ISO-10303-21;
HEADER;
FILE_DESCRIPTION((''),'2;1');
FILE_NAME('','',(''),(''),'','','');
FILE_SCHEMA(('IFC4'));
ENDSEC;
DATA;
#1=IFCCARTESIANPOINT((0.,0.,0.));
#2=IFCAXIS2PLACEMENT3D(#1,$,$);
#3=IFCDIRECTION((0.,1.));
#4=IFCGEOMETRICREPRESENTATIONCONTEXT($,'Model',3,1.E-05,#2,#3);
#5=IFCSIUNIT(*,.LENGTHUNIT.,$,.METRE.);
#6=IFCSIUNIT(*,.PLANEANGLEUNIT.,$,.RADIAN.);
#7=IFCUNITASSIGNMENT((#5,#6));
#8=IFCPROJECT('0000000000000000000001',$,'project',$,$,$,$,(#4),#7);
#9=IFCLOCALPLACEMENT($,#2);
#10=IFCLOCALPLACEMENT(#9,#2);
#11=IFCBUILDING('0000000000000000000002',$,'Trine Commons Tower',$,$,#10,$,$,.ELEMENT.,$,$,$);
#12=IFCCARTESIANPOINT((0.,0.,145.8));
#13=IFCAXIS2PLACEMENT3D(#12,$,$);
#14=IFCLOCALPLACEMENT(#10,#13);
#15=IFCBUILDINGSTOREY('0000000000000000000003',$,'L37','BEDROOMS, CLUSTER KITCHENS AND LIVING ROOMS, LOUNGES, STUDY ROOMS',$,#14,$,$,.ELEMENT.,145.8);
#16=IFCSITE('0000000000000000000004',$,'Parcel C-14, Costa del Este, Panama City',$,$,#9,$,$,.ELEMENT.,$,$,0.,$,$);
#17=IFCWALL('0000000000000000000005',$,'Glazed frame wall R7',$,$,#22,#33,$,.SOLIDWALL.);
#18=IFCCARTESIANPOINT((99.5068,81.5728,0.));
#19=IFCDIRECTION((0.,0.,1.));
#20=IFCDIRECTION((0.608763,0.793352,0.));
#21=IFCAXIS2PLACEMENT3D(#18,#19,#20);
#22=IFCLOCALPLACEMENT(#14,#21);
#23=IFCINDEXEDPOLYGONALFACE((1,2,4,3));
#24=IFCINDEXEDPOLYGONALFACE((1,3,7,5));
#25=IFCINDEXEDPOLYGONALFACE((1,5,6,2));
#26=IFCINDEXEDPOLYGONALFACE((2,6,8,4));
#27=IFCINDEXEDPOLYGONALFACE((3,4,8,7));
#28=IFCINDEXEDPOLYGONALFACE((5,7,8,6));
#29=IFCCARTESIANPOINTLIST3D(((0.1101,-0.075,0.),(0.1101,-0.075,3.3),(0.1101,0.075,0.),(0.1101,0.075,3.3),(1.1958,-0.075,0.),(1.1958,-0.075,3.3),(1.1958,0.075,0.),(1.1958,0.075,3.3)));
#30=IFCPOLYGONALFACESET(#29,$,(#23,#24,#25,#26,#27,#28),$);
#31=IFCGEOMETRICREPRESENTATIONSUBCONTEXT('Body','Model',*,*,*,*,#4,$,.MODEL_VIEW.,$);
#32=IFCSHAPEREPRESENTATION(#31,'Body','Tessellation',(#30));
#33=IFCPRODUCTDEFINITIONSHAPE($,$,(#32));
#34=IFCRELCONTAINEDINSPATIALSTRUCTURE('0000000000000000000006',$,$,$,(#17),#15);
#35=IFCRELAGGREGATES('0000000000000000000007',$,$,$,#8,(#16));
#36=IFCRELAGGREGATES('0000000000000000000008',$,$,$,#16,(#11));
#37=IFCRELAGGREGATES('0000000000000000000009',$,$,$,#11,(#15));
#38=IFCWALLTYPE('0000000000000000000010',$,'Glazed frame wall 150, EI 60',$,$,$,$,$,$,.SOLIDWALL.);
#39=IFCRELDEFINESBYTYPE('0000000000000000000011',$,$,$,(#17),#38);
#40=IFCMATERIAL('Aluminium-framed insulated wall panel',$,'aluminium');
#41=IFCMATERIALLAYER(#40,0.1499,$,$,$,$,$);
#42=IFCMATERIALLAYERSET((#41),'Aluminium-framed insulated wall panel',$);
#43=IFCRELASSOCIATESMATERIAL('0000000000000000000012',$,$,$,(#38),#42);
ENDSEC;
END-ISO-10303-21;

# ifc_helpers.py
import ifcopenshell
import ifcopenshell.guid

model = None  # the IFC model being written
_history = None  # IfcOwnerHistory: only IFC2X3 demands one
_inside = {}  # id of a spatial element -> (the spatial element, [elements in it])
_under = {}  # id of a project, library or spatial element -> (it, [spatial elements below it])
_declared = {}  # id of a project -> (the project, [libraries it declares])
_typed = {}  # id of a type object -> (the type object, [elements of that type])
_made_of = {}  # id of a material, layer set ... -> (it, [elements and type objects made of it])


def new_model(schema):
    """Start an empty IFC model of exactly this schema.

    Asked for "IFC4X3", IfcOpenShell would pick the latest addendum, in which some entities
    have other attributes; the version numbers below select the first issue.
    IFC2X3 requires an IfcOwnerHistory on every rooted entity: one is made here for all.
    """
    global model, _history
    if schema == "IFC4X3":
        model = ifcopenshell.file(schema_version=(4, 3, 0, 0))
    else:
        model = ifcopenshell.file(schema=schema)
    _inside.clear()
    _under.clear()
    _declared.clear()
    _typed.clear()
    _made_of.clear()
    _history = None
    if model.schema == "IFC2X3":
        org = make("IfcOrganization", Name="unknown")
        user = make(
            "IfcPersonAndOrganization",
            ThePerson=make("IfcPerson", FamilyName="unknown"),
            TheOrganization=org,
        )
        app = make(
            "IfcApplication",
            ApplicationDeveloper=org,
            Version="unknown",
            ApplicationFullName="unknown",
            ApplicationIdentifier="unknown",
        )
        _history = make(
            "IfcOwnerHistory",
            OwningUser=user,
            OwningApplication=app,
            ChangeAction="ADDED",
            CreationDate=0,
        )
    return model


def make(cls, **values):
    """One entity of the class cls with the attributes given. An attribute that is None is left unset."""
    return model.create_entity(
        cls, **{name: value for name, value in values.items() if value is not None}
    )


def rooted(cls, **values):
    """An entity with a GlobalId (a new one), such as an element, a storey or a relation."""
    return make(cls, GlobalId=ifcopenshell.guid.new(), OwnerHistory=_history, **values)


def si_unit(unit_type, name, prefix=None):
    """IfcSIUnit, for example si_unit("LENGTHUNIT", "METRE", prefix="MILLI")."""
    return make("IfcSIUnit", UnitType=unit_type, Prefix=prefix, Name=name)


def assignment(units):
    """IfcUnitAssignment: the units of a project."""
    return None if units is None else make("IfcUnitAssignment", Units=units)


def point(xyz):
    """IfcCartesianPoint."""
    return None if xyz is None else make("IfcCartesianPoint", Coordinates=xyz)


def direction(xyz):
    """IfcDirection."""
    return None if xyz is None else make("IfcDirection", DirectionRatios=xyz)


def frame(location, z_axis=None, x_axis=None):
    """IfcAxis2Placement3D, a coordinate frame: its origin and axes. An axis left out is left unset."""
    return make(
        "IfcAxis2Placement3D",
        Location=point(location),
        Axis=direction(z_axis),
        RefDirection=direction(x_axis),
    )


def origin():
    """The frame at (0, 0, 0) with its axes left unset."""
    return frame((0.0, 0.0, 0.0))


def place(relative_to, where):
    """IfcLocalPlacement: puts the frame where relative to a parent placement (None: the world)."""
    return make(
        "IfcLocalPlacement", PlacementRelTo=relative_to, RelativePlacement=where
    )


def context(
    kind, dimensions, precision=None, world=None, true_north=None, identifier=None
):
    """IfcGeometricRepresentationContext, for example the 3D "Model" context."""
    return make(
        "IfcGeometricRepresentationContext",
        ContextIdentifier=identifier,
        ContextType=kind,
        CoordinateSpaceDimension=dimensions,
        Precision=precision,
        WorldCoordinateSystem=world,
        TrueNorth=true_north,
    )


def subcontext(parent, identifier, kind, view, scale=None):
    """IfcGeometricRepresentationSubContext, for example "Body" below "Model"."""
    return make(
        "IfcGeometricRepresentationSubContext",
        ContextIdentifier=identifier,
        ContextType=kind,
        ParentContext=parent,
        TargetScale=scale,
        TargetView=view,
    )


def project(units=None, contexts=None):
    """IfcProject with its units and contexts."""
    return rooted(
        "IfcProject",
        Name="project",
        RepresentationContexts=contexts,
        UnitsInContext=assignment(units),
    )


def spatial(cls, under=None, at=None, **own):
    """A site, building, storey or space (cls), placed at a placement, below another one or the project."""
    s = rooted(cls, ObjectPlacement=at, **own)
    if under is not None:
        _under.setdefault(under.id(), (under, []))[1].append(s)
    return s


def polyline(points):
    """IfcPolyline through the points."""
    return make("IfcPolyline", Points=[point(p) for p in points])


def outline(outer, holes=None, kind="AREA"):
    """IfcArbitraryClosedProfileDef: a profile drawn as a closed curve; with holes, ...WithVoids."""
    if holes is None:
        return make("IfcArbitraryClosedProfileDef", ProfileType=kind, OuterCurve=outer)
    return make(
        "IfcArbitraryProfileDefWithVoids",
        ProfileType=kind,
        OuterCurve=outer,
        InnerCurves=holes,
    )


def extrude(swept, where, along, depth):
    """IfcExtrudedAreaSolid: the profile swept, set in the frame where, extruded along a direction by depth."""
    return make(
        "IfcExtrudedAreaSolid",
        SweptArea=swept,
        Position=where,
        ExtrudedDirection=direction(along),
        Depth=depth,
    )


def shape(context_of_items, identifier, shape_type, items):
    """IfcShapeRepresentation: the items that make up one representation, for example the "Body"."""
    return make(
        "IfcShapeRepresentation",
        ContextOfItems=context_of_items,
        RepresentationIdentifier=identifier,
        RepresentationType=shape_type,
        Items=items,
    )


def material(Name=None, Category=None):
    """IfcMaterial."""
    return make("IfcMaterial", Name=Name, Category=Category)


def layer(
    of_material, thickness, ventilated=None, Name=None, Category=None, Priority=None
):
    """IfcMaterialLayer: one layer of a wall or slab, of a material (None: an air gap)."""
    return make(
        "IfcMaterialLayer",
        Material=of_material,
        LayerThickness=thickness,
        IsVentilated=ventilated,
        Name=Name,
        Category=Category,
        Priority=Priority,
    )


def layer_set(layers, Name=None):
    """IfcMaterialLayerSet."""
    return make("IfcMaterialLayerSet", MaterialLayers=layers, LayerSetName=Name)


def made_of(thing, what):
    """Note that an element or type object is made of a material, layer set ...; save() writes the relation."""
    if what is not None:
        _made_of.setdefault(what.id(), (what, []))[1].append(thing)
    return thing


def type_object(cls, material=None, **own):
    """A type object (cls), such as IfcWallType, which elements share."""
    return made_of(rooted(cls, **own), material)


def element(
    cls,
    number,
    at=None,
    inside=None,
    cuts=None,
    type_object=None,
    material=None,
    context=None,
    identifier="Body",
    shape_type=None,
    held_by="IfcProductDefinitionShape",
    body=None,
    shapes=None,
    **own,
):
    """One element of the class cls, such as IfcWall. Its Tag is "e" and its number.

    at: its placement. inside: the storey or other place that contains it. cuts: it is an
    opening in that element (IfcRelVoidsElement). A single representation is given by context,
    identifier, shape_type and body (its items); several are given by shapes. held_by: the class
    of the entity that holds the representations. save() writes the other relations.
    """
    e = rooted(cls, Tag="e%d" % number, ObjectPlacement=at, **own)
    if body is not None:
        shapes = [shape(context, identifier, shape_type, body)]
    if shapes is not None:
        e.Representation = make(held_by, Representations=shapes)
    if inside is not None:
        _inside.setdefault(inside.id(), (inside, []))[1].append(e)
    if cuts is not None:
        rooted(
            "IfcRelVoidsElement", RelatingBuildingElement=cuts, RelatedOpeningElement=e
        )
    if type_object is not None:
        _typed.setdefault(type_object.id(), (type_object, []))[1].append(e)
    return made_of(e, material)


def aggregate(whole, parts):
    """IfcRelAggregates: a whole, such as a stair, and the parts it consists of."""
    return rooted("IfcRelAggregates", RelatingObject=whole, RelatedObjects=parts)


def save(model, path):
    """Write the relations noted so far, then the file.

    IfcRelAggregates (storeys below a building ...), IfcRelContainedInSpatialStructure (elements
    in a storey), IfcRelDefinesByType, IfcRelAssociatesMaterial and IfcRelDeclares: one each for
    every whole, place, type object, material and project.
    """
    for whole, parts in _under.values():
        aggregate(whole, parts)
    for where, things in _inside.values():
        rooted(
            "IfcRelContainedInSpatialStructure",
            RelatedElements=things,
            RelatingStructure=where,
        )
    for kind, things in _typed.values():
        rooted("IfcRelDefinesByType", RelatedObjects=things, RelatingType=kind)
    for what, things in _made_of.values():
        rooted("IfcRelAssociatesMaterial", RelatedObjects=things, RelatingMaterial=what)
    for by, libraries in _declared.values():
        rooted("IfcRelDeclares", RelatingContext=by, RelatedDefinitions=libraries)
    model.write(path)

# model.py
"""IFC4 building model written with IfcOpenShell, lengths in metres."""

from ifc_helpers import new_model, si_unit, direction, frame, origin, place, context, subcontext, project, spatial, polyline, outline, extrude, material, layer, layer_set, type_object, element, save


model = new_model("IFC4")

# Units and contexts
model_context = context("Model", 3, precision=1e-05, world=origin(), true_north=direction((0.0, 1.0)))
body_context = subcontext(model_context, "Body", "Model", "MODEL_VIEW")
ifc_project = project(units=[si_unit("LENGTHUNIT", "METRE"), si_unit("PLANEANGLEUNIT", "RADIAN")], contexts=[model_context])

# Site, building, storey
site_placement = place(None, origin())
site = spatial("IfcSite", under=ifc_project, at=site_placement, Name="Parcel C-14, Costa del Este, Panama City", CompositionType="ELEMENT", RefElevation=0.0)
building_placement = place(site_placement, origin())
building = spatial("IfcBuilding", under=site, at=building_placement, Name="Trine Commons Tower", CompositionType="ELEMENT")
storey_placement = place(building_placement, frame((0.0, 0.0, 145.8)))
storey = spatial("IfcBuildingStorey", under=building, at=storey_placement, Name="L37", Description="BEDROOMS, CLUSTER KITCHENS AND LIVING ROOMS, LOUNGES, STUDY ROOMS", CompositionType="ELEMENT", Elevation=145.8)

# Wall
ifc_material_1 = material(Name="Aluminium-framed insulated wall panel", Category="aluminium")
ifc_layer_1 = layer(ifc_material_1, 0.1499)
ifc_layer_set_1 = layer_set([ifc_layer_1], Name="Aluminium-framed insulated wall panel")
wall_type_1 = type_object("IfcWallType", Name="Glazed frame wall 150, EI 60", PredefinedType="SOLIDWALL", material=ifc_layer_set_1)
wall_1_placement = place(storey_placement, frame((99.5068, 81.5728, 0.0), z_axis=(0.0, 0.0, 1.0), x_axis=(0.608763, 0.793352, 0.0)))
element("IfcWall", 1, at=wall_1_placement, inside=storey, type_object=wall_type_1, Name="Glazed frame wall R7", PredefinedType="SOLIDWALL", context=body_context, shape_type="SweptSolid", body=[
    extrude(outline(polyline([(0.1101, 0.075), (0.1101, -0.075), (1.1958, -0.075), (1.1958, 0.075), (0.1101, 0.075)])), origin(), (0.0, 0.0, 1.0), 3.3),
])

save(model, "model.ifc")
